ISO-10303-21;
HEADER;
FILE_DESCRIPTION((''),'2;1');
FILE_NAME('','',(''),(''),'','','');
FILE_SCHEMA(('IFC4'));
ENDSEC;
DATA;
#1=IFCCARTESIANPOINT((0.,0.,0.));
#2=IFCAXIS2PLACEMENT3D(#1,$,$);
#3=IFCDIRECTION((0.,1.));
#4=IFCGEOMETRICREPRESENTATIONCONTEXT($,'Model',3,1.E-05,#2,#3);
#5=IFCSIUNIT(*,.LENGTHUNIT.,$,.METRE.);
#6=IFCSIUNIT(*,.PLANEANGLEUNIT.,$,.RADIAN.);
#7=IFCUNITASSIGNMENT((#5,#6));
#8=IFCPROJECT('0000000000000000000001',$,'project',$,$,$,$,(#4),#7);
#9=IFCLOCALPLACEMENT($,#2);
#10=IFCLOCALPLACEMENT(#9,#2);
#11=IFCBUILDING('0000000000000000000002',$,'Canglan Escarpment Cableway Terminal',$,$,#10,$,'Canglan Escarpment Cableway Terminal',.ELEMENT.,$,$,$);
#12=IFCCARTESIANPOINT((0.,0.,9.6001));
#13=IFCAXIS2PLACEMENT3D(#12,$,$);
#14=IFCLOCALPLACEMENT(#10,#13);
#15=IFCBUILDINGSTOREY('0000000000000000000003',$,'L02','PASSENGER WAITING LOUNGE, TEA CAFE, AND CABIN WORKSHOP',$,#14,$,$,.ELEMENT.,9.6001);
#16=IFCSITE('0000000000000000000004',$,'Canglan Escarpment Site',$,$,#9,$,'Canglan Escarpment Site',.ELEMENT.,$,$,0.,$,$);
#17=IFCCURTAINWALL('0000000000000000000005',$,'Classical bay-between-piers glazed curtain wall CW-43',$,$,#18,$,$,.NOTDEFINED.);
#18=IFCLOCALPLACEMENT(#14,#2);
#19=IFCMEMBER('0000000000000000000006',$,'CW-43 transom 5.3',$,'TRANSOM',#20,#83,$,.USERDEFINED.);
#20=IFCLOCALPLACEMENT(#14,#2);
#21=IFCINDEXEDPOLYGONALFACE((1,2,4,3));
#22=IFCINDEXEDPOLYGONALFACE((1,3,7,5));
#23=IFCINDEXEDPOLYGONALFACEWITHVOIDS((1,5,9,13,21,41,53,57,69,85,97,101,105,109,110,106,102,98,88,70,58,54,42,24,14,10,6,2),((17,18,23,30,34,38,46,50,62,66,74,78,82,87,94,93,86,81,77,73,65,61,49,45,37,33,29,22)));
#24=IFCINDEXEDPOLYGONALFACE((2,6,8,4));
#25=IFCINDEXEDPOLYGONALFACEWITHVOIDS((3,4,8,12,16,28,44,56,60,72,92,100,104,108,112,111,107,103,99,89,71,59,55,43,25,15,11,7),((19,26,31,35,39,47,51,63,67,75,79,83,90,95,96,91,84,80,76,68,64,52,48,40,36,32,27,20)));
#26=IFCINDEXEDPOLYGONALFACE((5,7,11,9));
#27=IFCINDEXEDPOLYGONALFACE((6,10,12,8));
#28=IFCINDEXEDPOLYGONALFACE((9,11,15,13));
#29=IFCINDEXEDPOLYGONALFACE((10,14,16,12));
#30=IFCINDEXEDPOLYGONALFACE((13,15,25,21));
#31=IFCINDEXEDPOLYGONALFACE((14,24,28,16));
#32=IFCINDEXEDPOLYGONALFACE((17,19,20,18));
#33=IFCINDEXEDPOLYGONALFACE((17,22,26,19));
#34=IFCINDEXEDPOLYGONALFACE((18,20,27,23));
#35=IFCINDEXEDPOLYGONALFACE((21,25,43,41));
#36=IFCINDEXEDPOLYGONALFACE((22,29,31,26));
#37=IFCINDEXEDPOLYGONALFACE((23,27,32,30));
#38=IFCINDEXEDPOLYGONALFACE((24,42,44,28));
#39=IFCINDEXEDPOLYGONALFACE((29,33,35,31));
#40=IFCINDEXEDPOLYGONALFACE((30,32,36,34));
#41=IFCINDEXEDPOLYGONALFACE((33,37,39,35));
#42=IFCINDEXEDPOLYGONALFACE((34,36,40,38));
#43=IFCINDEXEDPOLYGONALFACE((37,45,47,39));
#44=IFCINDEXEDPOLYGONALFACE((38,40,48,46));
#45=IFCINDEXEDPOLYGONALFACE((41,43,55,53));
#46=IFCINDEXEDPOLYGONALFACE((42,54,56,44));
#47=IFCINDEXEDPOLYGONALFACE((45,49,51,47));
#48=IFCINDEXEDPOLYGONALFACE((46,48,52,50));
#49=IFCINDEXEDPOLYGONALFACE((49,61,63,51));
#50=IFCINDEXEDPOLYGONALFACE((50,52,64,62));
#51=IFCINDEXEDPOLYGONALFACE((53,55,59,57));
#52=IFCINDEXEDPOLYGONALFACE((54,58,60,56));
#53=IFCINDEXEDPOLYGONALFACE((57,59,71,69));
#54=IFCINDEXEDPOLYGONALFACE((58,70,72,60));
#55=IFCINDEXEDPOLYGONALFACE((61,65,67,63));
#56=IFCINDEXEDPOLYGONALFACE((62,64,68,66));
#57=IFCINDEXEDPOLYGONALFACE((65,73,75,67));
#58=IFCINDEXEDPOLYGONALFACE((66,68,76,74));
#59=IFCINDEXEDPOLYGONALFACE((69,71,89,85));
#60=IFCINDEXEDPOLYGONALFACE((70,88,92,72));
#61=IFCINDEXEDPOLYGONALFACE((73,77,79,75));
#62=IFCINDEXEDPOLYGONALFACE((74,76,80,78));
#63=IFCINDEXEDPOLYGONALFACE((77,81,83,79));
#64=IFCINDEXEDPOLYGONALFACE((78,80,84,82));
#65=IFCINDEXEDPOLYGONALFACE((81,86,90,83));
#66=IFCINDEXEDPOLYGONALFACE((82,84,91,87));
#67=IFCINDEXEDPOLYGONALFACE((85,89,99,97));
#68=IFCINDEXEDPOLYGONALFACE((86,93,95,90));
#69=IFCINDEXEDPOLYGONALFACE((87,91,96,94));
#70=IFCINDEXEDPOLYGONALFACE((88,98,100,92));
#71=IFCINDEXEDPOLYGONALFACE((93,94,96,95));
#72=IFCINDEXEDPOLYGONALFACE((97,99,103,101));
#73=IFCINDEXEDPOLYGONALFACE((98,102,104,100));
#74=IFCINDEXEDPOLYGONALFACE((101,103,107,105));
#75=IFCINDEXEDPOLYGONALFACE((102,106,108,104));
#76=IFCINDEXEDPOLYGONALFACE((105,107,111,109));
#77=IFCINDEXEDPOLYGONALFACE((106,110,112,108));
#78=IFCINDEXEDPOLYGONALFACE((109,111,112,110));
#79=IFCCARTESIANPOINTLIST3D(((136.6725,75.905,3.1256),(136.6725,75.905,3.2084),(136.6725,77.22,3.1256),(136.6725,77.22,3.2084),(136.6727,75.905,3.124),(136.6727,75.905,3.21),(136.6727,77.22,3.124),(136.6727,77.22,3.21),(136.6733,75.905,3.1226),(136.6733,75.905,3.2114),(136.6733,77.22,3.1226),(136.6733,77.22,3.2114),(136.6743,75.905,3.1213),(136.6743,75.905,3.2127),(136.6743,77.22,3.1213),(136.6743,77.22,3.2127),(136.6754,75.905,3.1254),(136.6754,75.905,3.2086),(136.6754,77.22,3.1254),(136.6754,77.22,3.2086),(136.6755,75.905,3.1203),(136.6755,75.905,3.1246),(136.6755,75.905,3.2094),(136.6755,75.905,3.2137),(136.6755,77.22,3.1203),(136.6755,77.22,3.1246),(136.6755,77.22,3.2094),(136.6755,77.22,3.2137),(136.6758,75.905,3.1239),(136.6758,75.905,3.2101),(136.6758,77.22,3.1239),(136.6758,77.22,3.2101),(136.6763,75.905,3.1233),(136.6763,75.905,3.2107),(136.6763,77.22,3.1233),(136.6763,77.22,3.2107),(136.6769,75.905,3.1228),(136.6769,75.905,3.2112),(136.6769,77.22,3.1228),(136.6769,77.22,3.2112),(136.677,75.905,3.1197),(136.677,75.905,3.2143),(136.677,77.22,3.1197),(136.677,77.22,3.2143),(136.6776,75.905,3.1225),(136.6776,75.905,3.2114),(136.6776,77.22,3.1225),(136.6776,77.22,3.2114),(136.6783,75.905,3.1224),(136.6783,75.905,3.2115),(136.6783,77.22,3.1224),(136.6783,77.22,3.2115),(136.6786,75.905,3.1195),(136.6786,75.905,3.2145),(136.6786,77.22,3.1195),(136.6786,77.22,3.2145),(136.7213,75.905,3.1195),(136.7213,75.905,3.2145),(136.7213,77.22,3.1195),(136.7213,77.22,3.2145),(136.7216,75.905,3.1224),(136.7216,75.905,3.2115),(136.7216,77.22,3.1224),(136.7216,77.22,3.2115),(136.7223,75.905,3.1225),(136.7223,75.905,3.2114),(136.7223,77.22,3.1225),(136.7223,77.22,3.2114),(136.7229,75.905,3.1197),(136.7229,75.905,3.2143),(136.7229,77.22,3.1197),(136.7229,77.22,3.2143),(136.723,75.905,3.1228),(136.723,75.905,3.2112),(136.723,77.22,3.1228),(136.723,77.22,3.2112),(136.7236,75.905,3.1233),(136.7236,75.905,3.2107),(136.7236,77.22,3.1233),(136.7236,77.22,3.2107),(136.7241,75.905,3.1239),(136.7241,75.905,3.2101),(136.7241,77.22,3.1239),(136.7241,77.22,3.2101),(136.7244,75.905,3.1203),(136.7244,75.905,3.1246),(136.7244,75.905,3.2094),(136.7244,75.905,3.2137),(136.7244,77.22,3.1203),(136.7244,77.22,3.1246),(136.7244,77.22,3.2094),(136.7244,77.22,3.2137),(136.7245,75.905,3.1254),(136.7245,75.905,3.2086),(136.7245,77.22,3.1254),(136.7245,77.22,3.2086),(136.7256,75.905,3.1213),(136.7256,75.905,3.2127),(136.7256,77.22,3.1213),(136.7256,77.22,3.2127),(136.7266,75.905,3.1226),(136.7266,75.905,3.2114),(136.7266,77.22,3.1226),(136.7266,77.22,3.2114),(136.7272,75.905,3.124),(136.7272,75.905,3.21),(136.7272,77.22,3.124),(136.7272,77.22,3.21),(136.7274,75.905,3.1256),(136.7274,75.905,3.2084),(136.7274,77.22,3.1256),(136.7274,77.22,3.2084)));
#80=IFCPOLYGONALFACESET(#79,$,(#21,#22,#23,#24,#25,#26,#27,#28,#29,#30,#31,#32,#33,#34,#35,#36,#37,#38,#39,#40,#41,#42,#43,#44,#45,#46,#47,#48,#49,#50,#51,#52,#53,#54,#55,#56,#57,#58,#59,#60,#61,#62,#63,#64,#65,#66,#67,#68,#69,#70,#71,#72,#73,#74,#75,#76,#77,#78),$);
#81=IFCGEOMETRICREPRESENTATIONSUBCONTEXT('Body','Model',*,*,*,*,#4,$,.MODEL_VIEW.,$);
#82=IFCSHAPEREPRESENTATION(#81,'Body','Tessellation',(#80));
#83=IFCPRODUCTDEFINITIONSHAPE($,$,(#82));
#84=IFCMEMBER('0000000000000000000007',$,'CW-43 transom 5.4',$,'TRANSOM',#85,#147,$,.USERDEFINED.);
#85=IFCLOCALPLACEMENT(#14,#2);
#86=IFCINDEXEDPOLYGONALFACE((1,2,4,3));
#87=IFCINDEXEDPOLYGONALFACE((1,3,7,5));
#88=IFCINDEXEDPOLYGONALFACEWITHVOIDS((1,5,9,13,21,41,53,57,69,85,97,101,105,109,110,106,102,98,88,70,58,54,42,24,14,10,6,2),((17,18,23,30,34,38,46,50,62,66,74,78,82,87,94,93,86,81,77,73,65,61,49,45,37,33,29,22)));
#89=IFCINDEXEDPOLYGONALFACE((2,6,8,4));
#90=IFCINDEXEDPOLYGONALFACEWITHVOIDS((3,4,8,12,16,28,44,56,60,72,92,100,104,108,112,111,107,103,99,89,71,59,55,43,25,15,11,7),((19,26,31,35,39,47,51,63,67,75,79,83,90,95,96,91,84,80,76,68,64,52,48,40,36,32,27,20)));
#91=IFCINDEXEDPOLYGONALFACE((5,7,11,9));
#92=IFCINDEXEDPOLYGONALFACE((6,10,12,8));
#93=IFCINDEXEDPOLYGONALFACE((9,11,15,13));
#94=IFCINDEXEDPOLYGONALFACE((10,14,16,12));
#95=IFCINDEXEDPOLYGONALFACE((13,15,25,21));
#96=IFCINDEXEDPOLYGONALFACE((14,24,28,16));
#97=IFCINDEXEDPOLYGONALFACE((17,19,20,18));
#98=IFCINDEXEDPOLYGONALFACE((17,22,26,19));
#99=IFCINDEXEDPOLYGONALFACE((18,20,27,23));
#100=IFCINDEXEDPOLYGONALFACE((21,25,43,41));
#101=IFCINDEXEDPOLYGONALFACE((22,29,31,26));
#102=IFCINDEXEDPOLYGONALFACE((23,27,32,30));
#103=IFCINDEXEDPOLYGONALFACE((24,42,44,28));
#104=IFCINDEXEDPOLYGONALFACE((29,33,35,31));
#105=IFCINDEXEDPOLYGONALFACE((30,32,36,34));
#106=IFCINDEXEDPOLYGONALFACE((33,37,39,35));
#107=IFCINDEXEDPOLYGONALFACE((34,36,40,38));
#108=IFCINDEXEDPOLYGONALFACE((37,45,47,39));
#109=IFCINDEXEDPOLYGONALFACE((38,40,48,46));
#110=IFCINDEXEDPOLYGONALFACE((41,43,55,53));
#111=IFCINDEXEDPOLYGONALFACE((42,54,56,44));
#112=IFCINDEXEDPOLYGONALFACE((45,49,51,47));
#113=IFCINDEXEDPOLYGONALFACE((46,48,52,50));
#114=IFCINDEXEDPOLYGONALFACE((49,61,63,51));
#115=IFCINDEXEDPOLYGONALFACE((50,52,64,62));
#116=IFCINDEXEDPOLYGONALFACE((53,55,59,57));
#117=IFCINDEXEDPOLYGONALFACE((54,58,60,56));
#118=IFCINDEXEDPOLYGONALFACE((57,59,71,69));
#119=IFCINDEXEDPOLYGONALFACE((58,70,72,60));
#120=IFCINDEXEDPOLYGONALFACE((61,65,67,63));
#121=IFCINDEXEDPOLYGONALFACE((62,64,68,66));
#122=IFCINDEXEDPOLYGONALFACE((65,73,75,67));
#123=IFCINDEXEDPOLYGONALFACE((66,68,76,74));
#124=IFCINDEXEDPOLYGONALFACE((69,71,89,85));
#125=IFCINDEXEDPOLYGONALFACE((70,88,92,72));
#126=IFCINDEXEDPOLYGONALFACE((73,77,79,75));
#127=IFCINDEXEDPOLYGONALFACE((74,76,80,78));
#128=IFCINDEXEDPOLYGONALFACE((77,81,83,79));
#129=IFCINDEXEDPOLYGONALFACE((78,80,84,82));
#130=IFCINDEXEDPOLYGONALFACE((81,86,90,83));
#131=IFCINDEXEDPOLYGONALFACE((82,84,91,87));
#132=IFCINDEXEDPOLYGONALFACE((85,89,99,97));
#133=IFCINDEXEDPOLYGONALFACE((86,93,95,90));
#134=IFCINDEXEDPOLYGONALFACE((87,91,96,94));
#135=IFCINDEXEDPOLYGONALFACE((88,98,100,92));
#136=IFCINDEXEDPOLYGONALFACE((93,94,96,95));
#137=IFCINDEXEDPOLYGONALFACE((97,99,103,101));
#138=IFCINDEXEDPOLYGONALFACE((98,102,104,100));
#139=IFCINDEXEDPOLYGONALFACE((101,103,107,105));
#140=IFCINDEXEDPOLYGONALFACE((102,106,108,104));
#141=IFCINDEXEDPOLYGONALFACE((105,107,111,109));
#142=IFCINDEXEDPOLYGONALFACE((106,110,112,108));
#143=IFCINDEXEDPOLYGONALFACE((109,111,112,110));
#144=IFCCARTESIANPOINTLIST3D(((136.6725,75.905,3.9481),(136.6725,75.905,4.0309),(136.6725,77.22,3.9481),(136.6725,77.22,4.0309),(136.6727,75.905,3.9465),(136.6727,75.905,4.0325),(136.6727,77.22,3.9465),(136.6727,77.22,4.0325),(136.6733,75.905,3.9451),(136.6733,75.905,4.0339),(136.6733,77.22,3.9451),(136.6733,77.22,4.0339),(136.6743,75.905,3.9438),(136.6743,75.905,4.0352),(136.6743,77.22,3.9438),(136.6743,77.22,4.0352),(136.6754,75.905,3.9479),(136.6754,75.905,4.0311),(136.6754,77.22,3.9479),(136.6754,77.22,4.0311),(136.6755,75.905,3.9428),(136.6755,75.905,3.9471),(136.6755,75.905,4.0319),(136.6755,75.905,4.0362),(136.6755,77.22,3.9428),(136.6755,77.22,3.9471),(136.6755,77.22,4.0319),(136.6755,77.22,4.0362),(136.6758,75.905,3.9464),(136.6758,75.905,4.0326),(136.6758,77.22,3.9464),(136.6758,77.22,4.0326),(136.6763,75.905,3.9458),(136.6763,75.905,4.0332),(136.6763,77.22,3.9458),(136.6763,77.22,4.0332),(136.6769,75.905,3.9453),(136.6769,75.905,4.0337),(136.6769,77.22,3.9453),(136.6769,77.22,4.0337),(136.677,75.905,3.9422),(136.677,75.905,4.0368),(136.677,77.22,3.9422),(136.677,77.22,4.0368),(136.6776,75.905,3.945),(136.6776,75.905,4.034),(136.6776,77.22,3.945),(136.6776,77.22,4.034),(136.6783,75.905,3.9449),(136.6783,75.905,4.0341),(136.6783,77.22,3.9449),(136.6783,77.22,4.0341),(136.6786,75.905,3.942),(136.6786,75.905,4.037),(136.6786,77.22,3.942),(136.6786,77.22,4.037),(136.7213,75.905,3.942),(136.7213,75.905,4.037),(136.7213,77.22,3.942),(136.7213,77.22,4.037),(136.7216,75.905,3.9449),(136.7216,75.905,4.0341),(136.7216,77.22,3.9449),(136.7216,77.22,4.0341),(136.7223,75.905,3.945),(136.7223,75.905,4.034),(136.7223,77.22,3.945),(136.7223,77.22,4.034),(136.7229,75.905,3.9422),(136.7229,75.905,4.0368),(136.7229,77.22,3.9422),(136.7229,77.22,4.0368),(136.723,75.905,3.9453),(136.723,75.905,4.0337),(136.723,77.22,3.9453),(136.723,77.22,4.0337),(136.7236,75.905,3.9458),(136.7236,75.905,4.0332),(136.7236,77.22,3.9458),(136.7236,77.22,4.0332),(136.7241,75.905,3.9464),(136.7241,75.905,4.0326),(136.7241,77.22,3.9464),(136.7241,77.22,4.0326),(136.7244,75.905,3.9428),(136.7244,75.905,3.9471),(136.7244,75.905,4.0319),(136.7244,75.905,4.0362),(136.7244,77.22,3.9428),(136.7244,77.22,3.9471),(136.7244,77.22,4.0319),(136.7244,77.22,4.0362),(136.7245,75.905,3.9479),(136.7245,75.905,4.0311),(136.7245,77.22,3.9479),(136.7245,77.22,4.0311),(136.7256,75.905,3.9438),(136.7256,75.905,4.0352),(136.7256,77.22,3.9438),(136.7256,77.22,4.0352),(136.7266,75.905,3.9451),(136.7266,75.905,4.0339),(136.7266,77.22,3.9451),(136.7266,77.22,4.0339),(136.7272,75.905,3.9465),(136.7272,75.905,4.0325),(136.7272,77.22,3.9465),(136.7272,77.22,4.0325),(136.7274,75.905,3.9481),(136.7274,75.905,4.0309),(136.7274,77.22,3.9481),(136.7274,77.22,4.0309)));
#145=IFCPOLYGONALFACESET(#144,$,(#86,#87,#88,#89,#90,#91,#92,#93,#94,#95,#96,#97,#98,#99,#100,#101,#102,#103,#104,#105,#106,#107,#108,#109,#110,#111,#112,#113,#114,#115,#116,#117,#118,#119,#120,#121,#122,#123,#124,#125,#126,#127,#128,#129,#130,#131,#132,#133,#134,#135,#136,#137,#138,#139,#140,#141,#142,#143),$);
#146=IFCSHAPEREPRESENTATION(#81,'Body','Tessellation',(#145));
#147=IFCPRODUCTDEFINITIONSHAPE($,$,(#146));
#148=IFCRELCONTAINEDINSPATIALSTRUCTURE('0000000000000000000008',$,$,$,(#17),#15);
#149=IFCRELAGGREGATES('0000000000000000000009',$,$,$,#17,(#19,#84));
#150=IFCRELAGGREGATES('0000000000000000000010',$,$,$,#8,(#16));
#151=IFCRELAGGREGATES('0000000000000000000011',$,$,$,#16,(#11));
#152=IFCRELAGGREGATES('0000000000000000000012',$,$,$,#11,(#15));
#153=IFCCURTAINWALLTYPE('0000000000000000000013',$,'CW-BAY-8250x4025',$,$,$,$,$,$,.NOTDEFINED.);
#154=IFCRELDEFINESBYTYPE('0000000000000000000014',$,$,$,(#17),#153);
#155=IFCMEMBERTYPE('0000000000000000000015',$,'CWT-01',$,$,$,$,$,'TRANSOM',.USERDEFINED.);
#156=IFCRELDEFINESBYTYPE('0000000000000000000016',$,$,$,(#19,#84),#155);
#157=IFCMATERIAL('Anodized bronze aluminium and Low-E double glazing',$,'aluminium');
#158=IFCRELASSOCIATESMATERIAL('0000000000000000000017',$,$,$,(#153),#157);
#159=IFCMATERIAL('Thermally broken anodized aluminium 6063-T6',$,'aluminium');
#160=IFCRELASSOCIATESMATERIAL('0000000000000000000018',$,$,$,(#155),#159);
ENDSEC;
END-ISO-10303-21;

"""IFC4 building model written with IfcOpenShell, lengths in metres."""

from ifc_helpers import new_model, si_unit, direction, frame, origin, origin_2d, place, context, subcontext, project, spatial, hollow_rectangle, extrude, material, material_profile, profile_set, type_object, element, aggregate, save


model = new_model("IFC4")

# Units and contexts
model_context = context("Model", 3, precision=1e-05, world=origin(), true_north=direction((0.0, 1.0)))
body_context = subcontext(model_context, "Body", "Model", "MODEL_VIEW")
ifc_project = project(units=[si_unit("LENGTHUNIT", "METRE"), si_unit("PLANEANGLEUNIT", "RADIAN")], contexts=[model_context])

# Site, building, storey
site_placement = place(None, origin())
site = spatial("IfcSite", under=ifc_project, at=site_placement, Name="Canglan Escarpment Site", LongName="Canglan Escarpment Site", CompositionType="ELEMENT", RefElevation=0.0)
building_placement = place(site_placement, origin())
building = spatial("IfcBuilding", under=site, at=building_placement, Name="Canglan Escarpment Cableway Terminal", LongName="Canglan Escarpment Cableway Terminal", CompositionType="ELEMENT")
storey_placement = place(building_placement, frame((0.0, 0.0, 9.6001)))
storey = spatial("IfcBuildingStorey", under=building, at=storey_placement, Name="L02", Description="PASSENGER WAITING LOUNGE, TEA CAFE, AND CABIN WORKSHOP", CompositionType="ELEMENT", Elevation=9.6001)

# Curtain wall, members
ifc_material_1 = material(Name="Anodized bronze aluminium and Low-E double glazing", Category="aluminium")
curtain_wall_type = type_object("IfcCurtainWallType", Name="CW-BAY-8250x4025", PredefinedType="NOTDEFINED", material=ifc_material_1)
curtain_wall_placement = place(storey_placement, origin())
curtain_wall = element("IfcCurtainWall", 1, at=curtain_wall_placement, inside=storey, type_object=curtain_wall_type, Name="Classical bay-between-piers glazed curtain wall CW-43", PredefinedType="NOTDEFINED")
ifc_material_2 = material(Name="Thermally broken anodized aluminium 6063-T6", Category="aluminium")
ifc_material_profile_1 = material_profile(ifc_material_2, hollow_rectangle(XDim=0.0549, YDim=0.095, WallThickness=0.0029, InnerFilletRadius=0.0029, OuterFilletRadius=0.0061, at=origin_2d()), Name="ALU-TRAN 55x95x3")
ifc_profile_set_1 = profile_set([ifc_material_profile_1], Name="Thermally broken anodized aluminium 6063-T6")
member_type_1 = type_object("IfcMemberType", Name="CWT-01", ElementType="TRANSOM", PredefinedType="USERDEFINED", material=ifc_profile_set_1)
member_1_placement = place(storey_placement, frame((136.7, 75.905, 3.167), z_axis=(0.0, 1.0, 0.0), x_axis=(-1.0, 0.0, 0.0)))
member_1 = element("IfcMember", 2, at=member_1_placement, type_object=member_type_1, Name="CW-43 transom 5.3", ObjectType="TRANSOM", PredefinedType="USERDEFINED", context=body_context, shape_type="SweptSolid", body=[
    extrude(hollow_rectangle(XDim=0.0549, YDim=0.095, WallThickness=0.0029, InnerFilletRadius=0.0029, OuterFilletRadius=0.0061, at=origin_2d()), origin(), (0.0, 0.0, 1.0), 1.3149),
])
member_2_placement = place(storey_placement, frame((136.7, 75.905, 3.9895), z_axis=(0.0, 1.0, 0.0), x_axis=(-1.0, 0.0, 0.0)))
member_2 = element("IfcMember", 3, at=member_2_placement, type_object=member_type_1, Name="CW-43 transom 5.4", ObjectType="TRANSOM", PredefinedType="USERDEFINED", context=body_context, shape_type="SweptSolid", body=[
    extrude(hollow_rectangle(XDim=0.0549, YDim=0.095, WallThickness=0.0029, InnerFilletRadius=0.0029, OuterFilletRadius=0.0061, at=origin_2d()), origin(), (0.0, 0.0, 1.0), 1.3149),
])
aggregate(curtain_wall, [member_1, member_2])

save(model, "model.ifc")
